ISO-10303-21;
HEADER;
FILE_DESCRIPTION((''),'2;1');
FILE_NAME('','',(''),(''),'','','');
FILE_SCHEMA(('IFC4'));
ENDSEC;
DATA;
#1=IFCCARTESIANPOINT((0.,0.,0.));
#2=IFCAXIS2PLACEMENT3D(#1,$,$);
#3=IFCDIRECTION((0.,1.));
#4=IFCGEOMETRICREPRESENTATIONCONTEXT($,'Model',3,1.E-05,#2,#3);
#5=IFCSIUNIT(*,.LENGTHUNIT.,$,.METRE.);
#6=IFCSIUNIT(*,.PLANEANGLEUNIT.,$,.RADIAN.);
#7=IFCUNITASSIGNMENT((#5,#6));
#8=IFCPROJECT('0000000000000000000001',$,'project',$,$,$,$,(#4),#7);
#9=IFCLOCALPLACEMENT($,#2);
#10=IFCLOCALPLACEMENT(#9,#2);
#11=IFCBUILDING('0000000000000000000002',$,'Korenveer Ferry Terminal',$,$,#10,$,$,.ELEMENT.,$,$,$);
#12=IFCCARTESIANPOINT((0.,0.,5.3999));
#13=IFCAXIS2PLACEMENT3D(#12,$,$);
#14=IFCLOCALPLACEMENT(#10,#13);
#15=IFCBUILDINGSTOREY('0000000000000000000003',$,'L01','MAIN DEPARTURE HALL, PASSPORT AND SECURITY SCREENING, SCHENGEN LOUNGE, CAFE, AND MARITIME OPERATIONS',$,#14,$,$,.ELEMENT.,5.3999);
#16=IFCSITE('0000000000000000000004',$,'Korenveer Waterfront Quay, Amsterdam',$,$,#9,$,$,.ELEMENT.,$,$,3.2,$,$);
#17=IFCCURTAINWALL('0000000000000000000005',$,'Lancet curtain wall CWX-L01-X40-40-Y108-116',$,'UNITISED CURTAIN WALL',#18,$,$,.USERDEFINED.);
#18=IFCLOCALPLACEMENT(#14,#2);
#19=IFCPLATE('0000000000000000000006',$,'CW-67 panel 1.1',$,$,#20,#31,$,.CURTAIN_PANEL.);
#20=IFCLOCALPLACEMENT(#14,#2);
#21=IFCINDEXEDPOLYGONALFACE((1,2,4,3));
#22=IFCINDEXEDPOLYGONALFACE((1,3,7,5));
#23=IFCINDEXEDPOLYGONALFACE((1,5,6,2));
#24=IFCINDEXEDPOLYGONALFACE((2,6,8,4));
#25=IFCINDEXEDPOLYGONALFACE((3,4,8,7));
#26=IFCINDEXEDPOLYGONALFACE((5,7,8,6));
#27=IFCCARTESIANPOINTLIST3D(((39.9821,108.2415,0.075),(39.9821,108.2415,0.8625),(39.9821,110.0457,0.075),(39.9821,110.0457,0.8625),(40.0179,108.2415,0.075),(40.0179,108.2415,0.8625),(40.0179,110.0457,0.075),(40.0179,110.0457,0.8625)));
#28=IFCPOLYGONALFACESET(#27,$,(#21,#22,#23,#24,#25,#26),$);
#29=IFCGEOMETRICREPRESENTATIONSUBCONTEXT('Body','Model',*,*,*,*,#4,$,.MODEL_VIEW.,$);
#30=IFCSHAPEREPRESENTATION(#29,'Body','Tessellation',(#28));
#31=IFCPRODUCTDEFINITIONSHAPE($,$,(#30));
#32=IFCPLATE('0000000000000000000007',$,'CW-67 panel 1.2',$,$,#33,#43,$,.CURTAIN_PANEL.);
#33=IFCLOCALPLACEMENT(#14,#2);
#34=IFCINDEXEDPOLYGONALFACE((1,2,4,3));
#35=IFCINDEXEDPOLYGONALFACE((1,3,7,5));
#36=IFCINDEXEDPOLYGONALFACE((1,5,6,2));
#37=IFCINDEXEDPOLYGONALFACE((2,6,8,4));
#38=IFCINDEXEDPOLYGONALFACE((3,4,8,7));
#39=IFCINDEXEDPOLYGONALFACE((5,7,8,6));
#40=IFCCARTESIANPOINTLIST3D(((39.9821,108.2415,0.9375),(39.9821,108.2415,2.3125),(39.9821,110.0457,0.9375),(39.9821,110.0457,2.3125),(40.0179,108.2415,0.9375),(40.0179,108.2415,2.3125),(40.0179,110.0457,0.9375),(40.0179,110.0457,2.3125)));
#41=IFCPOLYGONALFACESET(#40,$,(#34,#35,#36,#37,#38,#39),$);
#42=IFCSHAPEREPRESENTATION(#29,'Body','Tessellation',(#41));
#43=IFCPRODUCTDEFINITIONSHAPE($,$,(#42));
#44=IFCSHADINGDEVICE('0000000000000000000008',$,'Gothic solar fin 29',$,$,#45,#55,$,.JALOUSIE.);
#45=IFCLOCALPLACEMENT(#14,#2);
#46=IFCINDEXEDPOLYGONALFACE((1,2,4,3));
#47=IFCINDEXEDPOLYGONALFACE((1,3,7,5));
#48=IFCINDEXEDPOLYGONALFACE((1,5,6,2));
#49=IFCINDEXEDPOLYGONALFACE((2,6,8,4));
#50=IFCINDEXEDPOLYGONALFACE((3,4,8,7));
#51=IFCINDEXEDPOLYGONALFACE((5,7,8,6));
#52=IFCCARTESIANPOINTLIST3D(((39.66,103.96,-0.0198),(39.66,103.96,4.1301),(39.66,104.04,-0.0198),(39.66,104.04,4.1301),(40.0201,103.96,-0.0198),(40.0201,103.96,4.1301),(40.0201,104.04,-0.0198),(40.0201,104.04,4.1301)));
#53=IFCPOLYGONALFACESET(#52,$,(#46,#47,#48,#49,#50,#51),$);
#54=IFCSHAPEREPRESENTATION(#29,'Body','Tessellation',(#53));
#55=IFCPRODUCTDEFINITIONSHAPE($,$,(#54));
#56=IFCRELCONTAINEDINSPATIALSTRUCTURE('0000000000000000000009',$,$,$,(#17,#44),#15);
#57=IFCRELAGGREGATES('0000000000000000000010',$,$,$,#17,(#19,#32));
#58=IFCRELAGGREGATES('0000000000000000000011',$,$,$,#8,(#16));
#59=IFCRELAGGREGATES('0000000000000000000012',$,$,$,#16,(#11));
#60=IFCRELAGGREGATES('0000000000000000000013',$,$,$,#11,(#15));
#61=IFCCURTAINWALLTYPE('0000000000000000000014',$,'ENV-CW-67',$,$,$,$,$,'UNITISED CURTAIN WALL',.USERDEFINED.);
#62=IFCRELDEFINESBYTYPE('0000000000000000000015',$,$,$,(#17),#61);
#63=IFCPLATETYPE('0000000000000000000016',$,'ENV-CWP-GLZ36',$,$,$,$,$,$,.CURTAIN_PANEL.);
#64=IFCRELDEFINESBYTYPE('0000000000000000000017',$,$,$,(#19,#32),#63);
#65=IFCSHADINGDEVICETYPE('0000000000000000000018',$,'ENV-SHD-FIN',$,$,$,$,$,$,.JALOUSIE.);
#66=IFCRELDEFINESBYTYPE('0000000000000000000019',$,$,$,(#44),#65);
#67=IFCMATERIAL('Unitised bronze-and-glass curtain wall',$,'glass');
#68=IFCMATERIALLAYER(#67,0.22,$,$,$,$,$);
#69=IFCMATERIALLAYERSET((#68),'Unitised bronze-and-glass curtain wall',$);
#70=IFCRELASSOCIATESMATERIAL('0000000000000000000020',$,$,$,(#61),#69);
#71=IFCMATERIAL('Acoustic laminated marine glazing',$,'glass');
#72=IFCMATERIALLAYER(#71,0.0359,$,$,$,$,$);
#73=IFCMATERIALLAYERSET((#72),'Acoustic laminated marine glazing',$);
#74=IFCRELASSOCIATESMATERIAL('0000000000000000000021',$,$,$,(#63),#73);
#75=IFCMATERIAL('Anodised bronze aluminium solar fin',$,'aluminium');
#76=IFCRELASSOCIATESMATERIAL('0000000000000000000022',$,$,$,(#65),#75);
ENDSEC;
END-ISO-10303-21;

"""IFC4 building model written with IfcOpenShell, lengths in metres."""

from ifc_helpers import new_model, si_unit, direction, frame, origin, origin_2d, place, context, subcontext, project, spatial, rectangle, extrude, material, layer, layer_set, type_object, element, aggregate, save


model = new_model("IFC4")

# Units and contexts
model_context = context("Model", 3, precision=1e-05, world=origin(), true_north=direction((0.0, 1.0)))
body_context = subcontext(model_context, "Body", "Model", "MODEL_VIEW")
ifc_project = project(units=[si_unit("LENGTHUNIT", "METRE"), si_unit("PLANEANGLEUNIT", "RADIAN")], contexts=[model_context])

# Site, building, storey
site_placement = place(None, origin())
site = spatial("IfcSite", under=ifc_project, at=site_placement, Name="Korenveer Waterfront Quay, Amsterdam", CompositionType="ELEMENT", RefElevation=3.2)
building_placement = place(site_placement, origin())
building = spatial("IfcBuilding", under=site, at=building_placement, Name="Korenveer Ferry Terminal", CompositionType="ELEMENT")
storey_placement = place(building_placement, frame((0.0, 0.0, 5.3999)))
storey = spatial("IfcBuildingStorey", under=building, at=storey_placement, Name="L01", Description="MAIN DEPARTURE HALL, PASSPORT AND SECURITY SCREENING, SCHENGEN LOUNGE, CAFE, AND MARITIME OPERATIONS", CompositionType="ELEMENT", Elevation=5.3999)

# Shared definitions
ifc_material_1 = material(Name="Unitised bronze-and-glass curtain wall", Category="glass")

# Curtain wall
ifc_layer_1 = layer(ifc_material_1, 0.22)
ifc_layer_set_1 = layer_set([ifc_layer_1], Name="Unitised bronze-and-glass curtain wall")
curtain_wall_type_1 = type_object("IfcCurtainWallType", Name="ENV-CW-67", ElementType="UNITISED CURTAIN WALL", PredefinedType="USERDEFINED", material=ifc_layer_set_1)
curtain_wall_1_placement = place(storey_placement, frame((40.0, 108.1665, 0.0)))
curtain_wall_1 = element("IfcCurtainWall", 1, at=curtain_wall_1_placement, inside=storey, type_object=curtain_wall_type_1, Name="Lancet curtain wall CWX-L01-X40-40-Y108-116", ObjectType="UNITISED CURTAIN WALL", PredefinedType="USERDEFINED")

# Plates
ifc_material_2 = material(Name="Acoustic laminated marine glazing", Category="glass")
ifc_layer_2 = layer(ifc_material_2, 0.0359)
ifc_layer_set_2 = layer_set([ifc_layer_2], Name="Acoustic laminated marine glazing")
plate_type = type_object("IfcPlateType", Name="ENV-CWP-GLZ36", PredefinedType="CURTAIN_PANEL", material=ifc_layer_set_2)
plate_1_placement = place(storey_placement, frame((40.0, 109.1436, 0.075), z_axis=(0.0, 0.0, 1.0), x_axis=(0.0, 1.0, 0.0)))
plate_1 = element("IfcPlate", 2, at=plate_1_placement, type_object=plate_type, Name="CW-67 panel 1.1", PredefinedType="CURTAIN_PANEL", context=body_context, shape_type="SweptSolid", body=[
    extrude(rectangle(XDim=1.8042, YDim=0.0359, at=origin_2d()), origin(), (0.0, 0.0, 1.0), 0.7876),
])
plate_2_placement = place(storey_placement, frame((40.0, 109.1436, 0.9375), z_axis=(0.0, 0.0, 1.0), x_axis=(0.0, 1.0, 0.0)))
plate_2 = element("IfcPlate", 3, at=plate_2_placement, type_object=plate_type, Name="CW-67 panel 1.2", PredefinedType="CURTAIN_PANEL", context=body_context, shape_type="SweptSolid", body=[
    extrude(rectangle(XDim=1.8042, YDim=0.0359, at=origin_2d()), origin(), (0.0, 0.0, 1.0), 1.375),
])
aggregate(curtain_wall_1, [plate_1, plate_2])

# Shading device
ifc_material_3 = material(Name="Anodised bronze aluminium solar fin", Category="aluminium")
shading_device_type = type_object("IfcShadingDeviceType", Name="ENV-SHD-FIN", PredefinedType="JALOUSIE", material=ifc_material_3)
shading_device_placement = place(storey_placement, frame((39.8401, 104.0, -0.0198), z_axis=(0.0, 0.0, 1.0), x_axis=(1.0, 0.0, 0.0)))
element("IfcShadingDevice", 4, at=shading_device_placement, inside=storey, type_object=shading_device_type, Name="Gothic solar fin 29", PredefinedType="JALOUSIE", context=body_context, shape_type="SweptSolid", body=[
    extrude(rectangle(XDim=0.3601, YDim=0.0801, at=origin_2d()), origin(), (0.0, 0.0, 1.0), 4.1499),
])

save(model, "model.ifc")
